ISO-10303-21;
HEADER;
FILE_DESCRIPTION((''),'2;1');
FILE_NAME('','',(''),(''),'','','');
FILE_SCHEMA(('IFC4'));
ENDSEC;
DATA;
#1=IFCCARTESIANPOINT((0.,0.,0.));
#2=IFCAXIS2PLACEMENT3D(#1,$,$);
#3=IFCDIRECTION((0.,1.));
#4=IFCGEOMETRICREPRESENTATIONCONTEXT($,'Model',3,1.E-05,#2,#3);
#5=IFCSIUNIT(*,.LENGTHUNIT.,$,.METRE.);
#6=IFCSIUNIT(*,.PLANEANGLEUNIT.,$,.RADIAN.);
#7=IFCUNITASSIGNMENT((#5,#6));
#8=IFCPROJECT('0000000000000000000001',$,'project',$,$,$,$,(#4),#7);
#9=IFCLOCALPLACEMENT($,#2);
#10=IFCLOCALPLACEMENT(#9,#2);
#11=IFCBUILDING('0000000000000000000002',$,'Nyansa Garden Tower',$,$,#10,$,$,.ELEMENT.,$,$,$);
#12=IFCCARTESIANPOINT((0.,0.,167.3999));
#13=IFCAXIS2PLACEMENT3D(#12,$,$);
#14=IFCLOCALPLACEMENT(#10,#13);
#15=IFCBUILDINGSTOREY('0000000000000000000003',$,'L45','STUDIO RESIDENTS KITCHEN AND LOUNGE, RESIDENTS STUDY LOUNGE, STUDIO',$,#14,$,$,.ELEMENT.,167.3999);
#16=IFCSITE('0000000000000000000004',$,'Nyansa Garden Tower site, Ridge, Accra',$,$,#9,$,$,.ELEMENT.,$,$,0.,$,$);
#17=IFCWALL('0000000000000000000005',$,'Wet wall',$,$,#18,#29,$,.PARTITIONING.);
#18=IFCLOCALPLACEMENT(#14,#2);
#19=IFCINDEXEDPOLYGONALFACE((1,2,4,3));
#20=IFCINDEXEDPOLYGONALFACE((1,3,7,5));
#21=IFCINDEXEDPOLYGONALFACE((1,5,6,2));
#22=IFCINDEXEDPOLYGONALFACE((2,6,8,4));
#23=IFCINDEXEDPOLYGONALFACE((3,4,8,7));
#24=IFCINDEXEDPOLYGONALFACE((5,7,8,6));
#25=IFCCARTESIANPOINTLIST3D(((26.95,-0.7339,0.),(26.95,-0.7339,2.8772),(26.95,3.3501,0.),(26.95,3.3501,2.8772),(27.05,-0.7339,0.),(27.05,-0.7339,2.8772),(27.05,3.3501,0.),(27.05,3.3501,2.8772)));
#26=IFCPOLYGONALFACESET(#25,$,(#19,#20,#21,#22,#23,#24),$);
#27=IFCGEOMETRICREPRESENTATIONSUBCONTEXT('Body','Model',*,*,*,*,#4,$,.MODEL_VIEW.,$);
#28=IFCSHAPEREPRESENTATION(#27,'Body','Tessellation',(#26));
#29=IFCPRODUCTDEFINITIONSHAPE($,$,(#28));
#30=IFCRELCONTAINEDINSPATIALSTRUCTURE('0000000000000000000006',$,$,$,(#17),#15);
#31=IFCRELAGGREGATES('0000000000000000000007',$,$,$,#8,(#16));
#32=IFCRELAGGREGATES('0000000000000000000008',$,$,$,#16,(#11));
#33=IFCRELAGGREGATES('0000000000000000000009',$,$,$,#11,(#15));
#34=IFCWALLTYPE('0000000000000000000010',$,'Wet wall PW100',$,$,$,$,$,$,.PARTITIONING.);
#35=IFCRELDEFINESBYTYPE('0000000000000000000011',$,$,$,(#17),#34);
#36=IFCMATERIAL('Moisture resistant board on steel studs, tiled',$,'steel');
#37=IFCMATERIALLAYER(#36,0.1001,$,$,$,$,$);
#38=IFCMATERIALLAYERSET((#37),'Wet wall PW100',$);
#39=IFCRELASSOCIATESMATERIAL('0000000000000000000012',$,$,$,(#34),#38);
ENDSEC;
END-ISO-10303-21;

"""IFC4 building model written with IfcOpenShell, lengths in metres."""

from ifc_helpers import new_model, si_unit, direction, frame, frame_2d, origin, place, context, subcontext, project, spatial, rectangle, extrude, material, layer, layer_set, type_object, element, save


model = new_model("IFC4")

# Units and contexts
model_context = context("Model", 3, precision=1e-05, world=origin(), true_north=direction((0.0, 1.0)))
body_context = subcontext(model_context, "Body", "Model", "MODEL_VIEW")
ifc_project = project(units=[si_unit("LENGTHUNIT", "METRE"), si_unit("PLANEANGLEUNIT", "RADIAN")], contexts=[model_context])

# Site, building, storey
site_placement = place(None, origin())
site = spatial("IfcSite", under=ifc_project, at=site_placement, Name="Nyansa Garden Tower site, Ridge, Accra", CompositionType="ELEMENT", RefElevation=0.0)
building_placement = place(site_placement, origin())
building = spatial("IfcBuilding", under=site, at=building_placement, Name="Nyansa Garden Tower", CompositionType="ELEMENT")
storey_placement = place(building_placement, frame((0.0, 0.0, 167.3999)))
storey = spatial("IfcBuildingStorey", under=building, at=storey_placement, Name="L45", Description="STUDIO RESIDENTS KITCHEN AND LOUNGE, RESIDENTS STUDY LOUNGE, STUDIO", CompositionType="ELEMENT", Elevation=167.3999)

# Wall
ifc_material_1 = material(Name="Moisture resistant board on steel studs, tiled", Category="steel")
ifc_layer_1 = layer(ifc_material_1, 0.1001)
ifc_layer_set_1 = layer_set([ifc_layer_1], Name="Wet wall PW100")
wall_type_1 = type_object("IfcWallType", Name="Wet wall PW100", PredefinedType="PARTITIONING", material=ifc_layer_set_1)
wall_1_placement = place(storey_placement, frame((27.0, -0.7339, 0.0), z_axis=(0.0, 0.0, 1.0), x_axis=(0.0, 1.0, 0.0)))
element("IfcWall", 1, at=wall_1_placement, inside=storey, type_object=wall_type_1, Name="Wet wall", PredefinedType="PARTITIONING", context=body_context, shape_type="SweptSolid", body=[
    extrude(rectangle(XDim=4.084, YDim=0.1001, at=frame_2d((2.042, 0.0))), origin(), (0.0, 0.0, 1.0), 2.8772),
])

save(model, "model.ifc")
